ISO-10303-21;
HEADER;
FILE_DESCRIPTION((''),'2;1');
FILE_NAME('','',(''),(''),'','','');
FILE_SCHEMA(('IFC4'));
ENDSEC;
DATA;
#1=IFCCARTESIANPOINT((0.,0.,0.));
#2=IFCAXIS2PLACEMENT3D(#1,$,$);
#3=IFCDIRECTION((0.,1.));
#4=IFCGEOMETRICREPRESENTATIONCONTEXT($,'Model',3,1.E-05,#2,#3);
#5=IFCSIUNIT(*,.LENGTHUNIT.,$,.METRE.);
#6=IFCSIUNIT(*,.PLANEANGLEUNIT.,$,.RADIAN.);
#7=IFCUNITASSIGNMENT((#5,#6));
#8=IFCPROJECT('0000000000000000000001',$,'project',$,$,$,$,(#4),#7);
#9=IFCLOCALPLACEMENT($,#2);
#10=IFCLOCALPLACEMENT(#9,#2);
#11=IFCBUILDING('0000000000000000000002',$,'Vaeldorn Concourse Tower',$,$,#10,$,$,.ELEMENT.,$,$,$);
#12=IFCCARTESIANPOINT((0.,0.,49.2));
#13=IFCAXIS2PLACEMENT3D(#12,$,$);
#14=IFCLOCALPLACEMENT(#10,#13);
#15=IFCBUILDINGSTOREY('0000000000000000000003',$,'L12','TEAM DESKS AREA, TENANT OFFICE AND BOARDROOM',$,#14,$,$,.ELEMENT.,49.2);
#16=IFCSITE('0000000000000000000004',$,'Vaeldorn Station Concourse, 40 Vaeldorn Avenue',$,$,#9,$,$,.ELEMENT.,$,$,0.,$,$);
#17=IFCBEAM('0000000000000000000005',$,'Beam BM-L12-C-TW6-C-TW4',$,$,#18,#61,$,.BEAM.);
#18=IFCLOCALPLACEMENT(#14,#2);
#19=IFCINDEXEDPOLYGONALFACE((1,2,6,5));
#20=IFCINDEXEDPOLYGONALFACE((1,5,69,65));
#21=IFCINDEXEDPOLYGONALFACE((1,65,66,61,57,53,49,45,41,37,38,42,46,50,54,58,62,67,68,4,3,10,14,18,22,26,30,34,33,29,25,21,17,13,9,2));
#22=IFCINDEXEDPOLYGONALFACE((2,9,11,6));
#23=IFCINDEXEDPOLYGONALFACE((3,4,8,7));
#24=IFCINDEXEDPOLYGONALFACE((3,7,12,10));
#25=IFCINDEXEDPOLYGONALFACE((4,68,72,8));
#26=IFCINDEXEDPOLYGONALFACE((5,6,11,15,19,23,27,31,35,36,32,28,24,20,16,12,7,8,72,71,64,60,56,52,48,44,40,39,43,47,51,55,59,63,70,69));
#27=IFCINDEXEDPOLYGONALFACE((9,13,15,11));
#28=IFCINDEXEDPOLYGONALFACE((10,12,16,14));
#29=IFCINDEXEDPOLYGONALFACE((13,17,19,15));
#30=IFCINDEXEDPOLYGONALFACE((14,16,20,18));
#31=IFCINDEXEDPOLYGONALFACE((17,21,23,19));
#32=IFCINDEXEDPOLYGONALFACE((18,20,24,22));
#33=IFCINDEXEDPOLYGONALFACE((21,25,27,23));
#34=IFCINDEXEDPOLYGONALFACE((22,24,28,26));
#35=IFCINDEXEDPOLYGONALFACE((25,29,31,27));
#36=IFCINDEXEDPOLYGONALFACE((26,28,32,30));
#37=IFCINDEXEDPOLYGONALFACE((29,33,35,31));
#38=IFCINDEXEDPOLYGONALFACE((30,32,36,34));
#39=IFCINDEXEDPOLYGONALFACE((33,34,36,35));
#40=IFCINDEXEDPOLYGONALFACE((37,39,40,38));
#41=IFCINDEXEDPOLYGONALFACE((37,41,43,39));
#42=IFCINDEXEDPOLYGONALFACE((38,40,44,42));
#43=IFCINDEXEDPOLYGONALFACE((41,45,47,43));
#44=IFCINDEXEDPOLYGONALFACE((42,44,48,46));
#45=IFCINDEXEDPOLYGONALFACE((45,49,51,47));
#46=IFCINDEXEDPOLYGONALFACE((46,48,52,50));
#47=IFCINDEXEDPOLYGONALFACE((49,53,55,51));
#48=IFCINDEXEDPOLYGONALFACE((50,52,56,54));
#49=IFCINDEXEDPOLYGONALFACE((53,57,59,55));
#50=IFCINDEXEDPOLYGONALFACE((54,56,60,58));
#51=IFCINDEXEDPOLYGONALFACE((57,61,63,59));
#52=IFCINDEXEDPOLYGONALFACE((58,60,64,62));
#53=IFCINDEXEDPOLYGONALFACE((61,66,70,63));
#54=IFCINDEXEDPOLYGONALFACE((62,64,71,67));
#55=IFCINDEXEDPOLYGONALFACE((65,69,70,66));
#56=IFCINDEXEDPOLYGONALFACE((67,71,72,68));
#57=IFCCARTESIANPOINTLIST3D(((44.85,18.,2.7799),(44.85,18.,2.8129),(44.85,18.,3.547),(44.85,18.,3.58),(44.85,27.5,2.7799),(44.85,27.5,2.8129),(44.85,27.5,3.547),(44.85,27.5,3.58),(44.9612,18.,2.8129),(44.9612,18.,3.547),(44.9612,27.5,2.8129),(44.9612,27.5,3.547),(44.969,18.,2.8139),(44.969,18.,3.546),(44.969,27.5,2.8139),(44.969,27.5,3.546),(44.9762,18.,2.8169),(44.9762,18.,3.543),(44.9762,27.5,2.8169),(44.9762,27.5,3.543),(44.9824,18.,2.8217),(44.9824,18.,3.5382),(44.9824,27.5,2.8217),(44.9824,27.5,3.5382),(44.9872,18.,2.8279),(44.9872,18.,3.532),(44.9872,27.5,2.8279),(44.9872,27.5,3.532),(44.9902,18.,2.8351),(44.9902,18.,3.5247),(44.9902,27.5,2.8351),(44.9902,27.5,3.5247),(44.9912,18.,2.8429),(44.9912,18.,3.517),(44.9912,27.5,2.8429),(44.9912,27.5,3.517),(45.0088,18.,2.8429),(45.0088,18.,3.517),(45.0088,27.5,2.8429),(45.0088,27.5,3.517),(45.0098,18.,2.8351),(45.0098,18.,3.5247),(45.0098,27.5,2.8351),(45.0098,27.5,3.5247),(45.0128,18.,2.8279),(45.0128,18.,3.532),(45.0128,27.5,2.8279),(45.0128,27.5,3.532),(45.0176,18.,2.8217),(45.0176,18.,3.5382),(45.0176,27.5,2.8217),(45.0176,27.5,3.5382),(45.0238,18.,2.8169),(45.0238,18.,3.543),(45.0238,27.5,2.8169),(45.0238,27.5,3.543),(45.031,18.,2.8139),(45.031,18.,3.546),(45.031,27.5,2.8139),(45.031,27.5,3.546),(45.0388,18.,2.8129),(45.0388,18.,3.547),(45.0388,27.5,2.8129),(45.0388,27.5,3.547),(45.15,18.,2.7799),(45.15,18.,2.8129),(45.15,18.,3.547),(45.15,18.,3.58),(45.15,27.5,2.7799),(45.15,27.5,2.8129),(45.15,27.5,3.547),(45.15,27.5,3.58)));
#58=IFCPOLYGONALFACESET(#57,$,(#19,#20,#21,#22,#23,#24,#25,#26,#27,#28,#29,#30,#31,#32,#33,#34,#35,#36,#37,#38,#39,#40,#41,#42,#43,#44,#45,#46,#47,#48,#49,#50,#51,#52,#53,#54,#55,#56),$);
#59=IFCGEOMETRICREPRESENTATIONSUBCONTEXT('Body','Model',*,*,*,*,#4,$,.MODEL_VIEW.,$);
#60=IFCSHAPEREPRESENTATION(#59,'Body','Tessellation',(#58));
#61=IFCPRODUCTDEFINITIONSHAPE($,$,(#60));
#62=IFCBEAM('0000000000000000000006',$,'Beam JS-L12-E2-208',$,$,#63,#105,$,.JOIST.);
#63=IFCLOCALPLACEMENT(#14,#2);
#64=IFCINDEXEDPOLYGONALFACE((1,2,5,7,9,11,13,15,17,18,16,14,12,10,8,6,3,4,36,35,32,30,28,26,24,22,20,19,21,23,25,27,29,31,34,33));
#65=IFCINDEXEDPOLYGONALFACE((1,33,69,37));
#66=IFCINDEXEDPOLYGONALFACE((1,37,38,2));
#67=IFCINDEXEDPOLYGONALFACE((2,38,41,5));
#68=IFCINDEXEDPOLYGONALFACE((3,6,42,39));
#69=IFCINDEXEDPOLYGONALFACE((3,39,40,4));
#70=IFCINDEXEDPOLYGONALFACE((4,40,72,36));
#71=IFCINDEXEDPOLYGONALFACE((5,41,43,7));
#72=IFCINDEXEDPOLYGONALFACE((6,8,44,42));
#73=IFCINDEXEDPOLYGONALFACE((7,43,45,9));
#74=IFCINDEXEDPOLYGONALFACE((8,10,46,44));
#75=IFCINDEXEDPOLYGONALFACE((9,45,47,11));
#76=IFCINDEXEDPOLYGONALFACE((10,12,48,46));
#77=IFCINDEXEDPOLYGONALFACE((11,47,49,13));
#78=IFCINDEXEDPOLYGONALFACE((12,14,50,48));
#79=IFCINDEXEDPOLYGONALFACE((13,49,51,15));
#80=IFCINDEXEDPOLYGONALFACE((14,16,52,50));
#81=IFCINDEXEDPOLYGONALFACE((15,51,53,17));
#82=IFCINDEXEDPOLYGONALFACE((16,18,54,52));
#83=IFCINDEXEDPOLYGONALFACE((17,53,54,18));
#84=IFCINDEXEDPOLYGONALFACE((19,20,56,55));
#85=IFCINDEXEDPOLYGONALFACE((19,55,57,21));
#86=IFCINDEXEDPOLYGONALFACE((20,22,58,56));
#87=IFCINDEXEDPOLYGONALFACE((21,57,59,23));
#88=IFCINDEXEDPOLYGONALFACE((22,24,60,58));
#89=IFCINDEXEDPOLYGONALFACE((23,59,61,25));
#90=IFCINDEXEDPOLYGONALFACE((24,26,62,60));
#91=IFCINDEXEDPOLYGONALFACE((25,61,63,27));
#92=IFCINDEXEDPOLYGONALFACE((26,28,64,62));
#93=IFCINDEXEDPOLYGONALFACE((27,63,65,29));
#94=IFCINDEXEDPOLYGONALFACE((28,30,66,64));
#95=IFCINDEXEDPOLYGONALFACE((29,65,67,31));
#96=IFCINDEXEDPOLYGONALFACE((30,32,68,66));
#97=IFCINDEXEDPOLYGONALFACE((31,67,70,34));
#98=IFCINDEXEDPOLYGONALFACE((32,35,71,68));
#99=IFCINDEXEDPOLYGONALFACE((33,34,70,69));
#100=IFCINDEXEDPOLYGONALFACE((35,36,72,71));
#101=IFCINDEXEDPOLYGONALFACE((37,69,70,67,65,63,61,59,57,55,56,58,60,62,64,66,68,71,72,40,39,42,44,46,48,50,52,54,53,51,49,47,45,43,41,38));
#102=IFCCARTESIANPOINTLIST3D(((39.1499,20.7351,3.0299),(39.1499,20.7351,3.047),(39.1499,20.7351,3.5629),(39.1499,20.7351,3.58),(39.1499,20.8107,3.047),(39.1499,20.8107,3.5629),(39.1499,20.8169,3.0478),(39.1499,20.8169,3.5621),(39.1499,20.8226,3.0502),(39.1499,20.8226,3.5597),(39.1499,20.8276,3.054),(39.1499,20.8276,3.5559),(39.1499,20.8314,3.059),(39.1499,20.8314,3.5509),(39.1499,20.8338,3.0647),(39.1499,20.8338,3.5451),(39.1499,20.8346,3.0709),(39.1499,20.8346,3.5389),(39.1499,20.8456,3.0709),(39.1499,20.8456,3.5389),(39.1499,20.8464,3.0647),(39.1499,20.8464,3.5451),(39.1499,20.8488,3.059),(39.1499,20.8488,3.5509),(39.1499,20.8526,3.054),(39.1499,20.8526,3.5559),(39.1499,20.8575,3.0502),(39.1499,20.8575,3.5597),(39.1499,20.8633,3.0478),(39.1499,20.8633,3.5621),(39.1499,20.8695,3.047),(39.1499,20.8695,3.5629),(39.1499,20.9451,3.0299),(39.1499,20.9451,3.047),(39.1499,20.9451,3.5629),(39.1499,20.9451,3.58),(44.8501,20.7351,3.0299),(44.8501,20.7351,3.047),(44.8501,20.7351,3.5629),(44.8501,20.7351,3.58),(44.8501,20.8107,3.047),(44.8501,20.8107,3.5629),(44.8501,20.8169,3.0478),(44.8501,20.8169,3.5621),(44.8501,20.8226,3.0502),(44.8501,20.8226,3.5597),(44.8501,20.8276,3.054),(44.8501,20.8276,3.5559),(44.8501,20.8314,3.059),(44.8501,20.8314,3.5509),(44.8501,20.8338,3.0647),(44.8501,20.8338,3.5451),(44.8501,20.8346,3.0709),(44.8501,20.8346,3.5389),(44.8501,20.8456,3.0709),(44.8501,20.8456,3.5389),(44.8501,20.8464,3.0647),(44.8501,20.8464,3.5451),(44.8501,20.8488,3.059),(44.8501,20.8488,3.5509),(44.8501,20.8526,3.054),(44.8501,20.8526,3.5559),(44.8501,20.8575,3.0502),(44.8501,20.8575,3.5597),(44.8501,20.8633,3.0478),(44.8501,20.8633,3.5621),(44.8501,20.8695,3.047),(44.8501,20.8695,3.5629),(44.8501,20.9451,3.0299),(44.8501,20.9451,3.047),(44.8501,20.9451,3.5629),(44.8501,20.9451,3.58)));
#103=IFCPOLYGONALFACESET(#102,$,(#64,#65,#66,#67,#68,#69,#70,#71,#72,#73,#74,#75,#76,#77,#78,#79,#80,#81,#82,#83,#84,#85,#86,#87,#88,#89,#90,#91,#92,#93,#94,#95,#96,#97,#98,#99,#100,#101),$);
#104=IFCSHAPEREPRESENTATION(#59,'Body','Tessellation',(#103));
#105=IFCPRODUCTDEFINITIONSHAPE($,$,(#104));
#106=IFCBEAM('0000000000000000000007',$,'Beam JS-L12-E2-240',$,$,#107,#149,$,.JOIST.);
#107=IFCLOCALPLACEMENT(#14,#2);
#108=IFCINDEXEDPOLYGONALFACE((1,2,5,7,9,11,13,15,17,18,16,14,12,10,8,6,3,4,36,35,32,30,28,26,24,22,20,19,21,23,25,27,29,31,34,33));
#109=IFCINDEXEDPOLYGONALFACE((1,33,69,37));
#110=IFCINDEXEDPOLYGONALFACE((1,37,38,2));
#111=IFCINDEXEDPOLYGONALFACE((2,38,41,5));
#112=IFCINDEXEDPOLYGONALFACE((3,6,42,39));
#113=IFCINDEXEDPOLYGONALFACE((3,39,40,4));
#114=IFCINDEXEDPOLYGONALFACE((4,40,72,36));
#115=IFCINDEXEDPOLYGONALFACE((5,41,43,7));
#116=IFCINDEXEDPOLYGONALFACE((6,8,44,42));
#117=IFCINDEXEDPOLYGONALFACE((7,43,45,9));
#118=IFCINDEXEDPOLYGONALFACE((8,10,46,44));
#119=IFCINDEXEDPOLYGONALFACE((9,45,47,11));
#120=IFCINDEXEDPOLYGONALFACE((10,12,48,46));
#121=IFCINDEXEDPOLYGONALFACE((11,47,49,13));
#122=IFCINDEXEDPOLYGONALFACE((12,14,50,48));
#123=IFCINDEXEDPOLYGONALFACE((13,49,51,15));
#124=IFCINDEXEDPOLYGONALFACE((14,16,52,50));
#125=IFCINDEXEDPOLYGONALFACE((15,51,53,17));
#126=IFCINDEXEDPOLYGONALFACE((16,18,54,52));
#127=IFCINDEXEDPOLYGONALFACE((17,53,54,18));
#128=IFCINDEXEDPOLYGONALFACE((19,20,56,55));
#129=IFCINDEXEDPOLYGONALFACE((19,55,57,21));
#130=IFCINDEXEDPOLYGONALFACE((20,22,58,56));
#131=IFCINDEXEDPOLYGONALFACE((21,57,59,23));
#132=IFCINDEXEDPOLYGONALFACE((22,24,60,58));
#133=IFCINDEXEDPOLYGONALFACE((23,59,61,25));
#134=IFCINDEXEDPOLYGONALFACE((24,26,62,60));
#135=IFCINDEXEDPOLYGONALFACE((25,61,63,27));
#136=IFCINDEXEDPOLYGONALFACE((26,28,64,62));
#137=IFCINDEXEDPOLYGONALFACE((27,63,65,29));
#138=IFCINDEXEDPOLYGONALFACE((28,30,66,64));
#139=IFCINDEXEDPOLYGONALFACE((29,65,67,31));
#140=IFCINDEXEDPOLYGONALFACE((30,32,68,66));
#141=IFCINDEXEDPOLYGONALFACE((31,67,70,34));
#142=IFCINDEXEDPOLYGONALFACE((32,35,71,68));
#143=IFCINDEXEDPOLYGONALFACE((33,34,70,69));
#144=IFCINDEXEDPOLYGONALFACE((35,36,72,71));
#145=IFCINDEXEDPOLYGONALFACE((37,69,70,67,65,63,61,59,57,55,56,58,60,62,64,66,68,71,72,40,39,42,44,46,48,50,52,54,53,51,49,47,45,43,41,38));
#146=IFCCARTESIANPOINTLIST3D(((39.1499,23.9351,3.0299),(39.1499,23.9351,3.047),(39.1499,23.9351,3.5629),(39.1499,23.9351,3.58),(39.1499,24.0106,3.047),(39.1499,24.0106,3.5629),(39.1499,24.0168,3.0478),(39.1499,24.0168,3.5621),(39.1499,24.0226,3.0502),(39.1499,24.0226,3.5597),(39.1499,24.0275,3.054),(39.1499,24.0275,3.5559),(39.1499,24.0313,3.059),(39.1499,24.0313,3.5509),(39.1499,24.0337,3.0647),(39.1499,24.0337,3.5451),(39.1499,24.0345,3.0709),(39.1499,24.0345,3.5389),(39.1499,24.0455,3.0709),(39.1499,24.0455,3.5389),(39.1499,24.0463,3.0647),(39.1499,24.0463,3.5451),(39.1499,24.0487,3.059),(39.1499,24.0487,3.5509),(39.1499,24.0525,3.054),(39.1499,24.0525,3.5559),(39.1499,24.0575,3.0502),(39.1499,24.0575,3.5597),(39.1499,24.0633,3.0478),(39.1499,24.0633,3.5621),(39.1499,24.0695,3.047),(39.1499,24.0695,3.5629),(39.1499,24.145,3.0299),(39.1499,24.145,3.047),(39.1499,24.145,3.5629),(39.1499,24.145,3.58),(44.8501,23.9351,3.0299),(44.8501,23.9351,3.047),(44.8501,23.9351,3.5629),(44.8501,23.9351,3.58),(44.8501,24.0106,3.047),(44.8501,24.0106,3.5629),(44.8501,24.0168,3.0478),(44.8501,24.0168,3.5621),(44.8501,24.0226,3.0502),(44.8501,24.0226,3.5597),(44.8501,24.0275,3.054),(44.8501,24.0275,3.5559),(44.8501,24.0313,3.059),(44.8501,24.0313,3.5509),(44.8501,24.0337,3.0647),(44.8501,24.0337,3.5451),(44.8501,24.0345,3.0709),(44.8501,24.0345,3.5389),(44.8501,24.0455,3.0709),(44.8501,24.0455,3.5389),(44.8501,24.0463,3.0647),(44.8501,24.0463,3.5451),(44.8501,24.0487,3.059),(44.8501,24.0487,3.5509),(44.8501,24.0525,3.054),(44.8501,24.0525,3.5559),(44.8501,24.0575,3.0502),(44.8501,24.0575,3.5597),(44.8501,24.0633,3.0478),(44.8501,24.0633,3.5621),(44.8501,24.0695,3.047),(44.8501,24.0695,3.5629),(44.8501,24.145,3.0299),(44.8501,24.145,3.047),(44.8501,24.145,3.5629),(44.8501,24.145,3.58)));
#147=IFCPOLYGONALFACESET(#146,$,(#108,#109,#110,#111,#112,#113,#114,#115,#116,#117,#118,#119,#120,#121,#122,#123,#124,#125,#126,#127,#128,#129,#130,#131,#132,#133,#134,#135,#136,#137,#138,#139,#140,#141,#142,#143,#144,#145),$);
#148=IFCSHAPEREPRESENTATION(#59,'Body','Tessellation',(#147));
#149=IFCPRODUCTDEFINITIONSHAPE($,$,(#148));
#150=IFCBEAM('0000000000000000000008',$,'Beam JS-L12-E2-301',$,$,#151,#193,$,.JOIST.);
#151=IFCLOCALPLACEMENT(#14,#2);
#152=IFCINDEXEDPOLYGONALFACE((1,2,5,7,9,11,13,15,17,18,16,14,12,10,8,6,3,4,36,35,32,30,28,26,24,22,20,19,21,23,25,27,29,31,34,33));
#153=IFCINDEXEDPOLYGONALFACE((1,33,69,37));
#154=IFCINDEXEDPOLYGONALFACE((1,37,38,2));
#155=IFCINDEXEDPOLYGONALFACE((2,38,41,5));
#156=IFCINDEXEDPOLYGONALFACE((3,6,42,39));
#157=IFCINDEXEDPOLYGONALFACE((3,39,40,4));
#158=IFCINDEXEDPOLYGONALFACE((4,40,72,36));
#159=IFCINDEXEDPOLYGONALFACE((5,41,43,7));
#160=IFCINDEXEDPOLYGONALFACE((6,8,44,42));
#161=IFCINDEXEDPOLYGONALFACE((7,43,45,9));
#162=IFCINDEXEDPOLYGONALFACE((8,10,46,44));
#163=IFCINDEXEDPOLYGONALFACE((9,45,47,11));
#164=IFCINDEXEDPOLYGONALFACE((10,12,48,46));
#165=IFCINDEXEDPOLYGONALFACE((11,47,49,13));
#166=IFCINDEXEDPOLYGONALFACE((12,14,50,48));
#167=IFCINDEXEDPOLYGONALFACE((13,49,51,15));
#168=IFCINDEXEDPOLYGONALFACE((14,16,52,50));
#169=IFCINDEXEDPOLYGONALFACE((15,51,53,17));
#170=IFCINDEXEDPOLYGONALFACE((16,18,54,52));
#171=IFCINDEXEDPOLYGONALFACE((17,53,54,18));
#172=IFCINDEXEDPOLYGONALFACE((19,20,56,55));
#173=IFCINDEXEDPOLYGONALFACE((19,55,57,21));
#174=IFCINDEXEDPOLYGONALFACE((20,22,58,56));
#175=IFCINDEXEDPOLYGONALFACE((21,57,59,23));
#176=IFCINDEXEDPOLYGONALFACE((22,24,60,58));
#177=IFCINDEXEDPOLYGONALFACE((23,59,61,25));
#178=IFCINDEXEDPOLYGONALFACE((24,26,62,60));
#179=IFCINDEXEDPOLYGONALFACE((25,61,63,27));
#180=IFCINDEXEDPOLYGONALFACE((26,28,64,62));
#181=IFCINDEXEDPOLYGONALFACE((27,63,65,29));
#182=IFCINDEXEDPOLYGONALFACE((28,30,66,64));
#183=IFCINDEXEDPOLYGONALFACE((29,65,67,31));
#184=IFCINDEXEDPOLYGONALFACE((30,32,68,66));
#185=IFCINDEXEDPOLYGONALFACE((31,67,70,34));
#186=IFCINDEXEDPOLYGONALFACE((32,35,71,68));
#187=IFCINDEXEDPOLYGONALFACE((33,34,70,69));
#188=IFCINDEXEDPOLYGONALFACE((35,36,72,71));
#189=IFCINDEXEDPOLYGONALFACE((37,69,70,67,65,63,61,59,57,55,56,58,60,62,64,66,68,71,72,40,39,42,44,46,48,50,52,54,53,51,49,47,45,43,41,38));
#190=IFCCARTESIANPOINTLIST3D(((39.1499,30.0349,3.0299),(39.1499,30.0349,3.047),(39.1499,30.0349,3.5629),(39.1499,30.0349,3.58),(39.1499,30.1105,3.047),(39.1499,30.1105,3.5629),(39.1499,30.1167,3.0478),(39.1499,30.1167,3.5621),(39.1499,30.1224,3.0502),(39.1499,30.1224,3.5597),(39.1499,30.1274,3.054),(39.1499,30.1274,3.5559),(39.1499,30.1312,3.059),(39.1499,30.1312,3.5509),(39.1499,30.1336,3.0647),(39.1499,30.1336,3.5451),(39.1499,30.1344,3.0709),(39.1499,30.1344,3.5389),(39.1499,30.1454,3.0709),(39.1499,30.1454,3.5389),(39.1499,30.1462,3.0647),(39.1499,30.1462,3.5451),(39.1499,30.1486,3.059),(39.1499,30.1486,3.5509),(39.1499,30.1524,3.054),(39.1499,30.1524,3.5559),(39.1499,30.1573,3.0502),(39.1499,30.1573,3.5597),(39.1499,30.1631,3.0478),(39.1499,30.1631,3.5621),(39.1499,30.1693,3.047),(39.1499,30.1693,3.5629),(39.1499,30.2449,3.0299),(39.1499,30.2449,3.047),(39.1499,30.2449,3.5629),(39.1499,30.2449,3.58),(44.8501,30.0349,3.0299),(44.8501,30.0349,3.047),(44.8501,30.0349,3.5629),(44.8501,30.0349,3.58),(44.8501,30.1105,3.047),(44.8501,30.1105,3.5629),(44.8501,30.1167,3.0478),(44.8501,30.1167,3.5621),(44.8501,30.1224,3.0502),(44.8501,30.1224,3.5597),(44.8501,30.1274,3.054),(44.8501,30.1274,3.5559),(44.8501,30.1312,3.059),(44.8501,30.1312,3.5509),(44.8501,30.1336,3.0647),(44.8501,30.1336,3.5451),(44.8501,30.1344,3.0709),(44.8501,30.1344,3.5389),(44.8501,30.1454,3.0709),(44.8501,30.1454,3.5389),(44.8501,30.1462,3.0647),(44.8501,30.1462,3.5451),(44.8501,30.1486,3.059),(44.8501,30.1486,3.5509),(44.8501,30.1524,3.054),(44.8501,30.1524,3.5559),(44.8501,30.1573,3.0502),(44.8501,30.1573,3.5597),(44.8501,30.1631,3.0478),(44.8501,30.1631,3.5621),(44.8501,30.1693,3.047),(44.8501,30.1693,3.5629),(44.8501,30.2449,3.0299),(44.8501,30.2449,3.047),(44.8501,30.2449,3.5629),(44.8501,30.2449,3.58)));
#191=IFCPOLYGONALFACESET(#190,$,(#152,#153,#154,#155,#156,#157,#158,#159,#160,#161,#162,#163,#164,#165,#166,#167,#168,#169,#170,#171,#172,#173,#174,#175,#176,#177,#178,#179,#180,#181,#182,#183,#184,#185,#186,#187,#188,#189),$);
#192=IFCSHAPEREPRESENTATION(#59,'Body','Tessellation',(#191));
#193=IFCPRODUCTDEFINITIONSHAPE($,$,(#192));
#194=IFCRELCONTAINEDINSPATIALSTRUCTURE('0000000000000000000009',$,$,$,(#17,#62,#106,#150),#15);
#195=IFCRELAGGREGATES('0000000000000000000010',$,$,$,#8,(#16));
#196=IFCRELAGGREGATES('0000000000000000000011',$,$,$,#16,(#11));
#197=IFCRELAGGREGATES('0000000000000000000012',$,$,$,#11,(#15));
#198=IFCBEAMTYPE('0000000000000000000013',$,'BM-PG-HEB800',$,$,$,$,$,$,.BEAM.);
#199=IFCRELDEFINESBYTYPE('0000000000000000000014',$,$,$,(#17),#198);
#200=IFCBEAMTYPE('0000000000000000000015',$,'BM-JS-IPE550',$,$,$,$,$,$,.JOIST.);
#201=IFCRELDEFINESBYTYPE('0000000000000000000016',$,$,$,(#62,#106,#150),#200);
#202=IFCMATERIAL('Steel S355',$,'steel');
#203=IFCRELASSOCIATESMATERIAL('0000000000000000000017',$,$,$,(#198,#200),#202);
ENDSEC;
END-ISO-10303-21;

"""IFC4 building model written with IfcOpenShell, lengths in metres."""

from ifc_helpers import new_model, si_unit, direction, frame, origin, origin_2d, place, context, subcontext, project, spatial, i_section, extrude, source, transform, mapped, material, material_profile, profile_set, type_object, element, save


model = new_model("IFC4")

# Units and contexts
model_context = context("Model", 3, precision=1e-05, world=origin(), true_north=direction((0.0, 1.0)))
body_context = subcontext(model_context, "Body", "Model", "MODEL_VIEW")
ifc_project = project(units=[si_unit("LENGTHUNIT", "METRE"), si_unit("PLANEANGLEUNIT", "RADIAN")], contexts=[model_context])

# Site, building, storey
site_placement = place(None, origin())
site = spatial("IfcSite", under=ifc_project, at=site_placement, Name="Vaeldorn Station Concourse, 40 Vaeldorn Avenue", CompositionType="ELEMENT", RefElevation=0.0)
building_placement = place(site_placement, origin())
building = spatial("IfcBuilding", under=site, at=building_placement, Name="Vaeldorn Concourse Tower", CompositionType="ELEMENT")
storey_placement = place(building_placement, frame((0.0, 0.0, 49.2)))
storey = spatial("IfcBuildingStorey", under=building, at=storey_placement, Name="L12", Description="TEAM DESKS AREA, TENANT OFFICE AND BOARDROOM", CompositionType="ELEMENT", Elevation=49.2)

# Beams
ifc_material_1 = material(Name="Steel S355", Category="steel")
ifc_material_profile_1 = material_profile(ifc_material_1, i_section(OverallWidth=0.3, OverallDepth=0.8, WebThickness=0.0176, FlangeThickness=0.033, FilletRadius=0.03, at=origin_2d()), Name="HEB 800")
ifc_profile_set_1 = profile_set([ifc_material_profile_1], Name="Steel S355")
beam_type_1 = type_object("IfcBeamType", Name="BM-PG-HEB800", PredefinedType="BEAM", material=ifc_profile_set_1)
shared_shape_1 = source(origin(), body_context, "Body", "SweptSolid", [
    extrude(i_section(OverallWidth=0.3, OverallDepth=0.8, WebThickness=0.0176, FlangeThickness=0.033, FilletRadius=0.03, at=origin_2d()), origin(), (0.0, 0.0, 1.0), 9.5),
])
beam_1_placement = place(storey_placement, frame((45.0, 18.0, 3.1799), z_axis=(0.0, 1.0, 0.0), x_axis=(-1.0, 0.0, 0.0)))
element("IfcBeam", 1, at=beam_1_placement, inside=storey, type_object=beam_type_1, Name="Beam BM-L12-C-TW6-C-TW4", PredefinedType="BEAM", context=body_context, shape_type="MappedRepresentation", body=[
    mapped(shared_shape_1, transform((0.0, 0.0, 0.0), scale=1.0)),
])
ifc_material_profile_2 = material_profile(ifc_material_1, i_section(OverallWidth=0.21, OverallDepth=0.55, WebThickness=0.011, FlangeThickness=0.0171, FilletRadius=0.0239, at=origin_2d()), Name="IPE 550")
ifc_profile_set_2 = profile_set([ifc_material_profile_2], Name="Steel S355")
beam_type_2 = type_object("IfcBeamType", Name="BM-JS-IPE550", PredefinedType="JOIST", material=ifc_profile_set_2)
shared_shape_2 = source(origin(), body_context, "Body", "SweptSolid", [
    extrude(i_section(OverallWidth=0.21, OverallDepth=0.55, WebThickness=0.011, FlangeThickness=0.0171, FilletRadius=0.0239, at=origin_2d()), origin(), (0.0, 0.0, 1.0), 5.7002),
])
for number, where, z_axis, x_axis, name in (
    (2, (39.1499, 20.8401, 3.3049), (1.0, 0.0, 0.0), (0.0, 1.0, 0.0), "Beam JS-L12-E2-208"),
    (3, (39.1499, 24.04, 3.3049), (1.0, 0.0, 0.0), (0.0, 1.0, 0.0), "Beam JS-L12-E2-240"),
    (4, (39.1499, 30.1399, 3.3049), (1.0, 0.0, 0.0), (0.0, 1.0, 0.0), "Beam JS-L12-E2-301"),
):
    element("IfcBeam", number, at=place(storey_placement, frame(where, z_axis=z_axis, x_axis=x_axis)), inside=storey, type_object=beam_type_2, Name=name, PredefinedType="JOIST", context=body_context, shape_type="MappedRepresentation", body=[
        mapped(shared_shape_2, transform((0.0, 0.0, 0.0), scale=1.0)),
    ])

save(model, "model.ifc")
